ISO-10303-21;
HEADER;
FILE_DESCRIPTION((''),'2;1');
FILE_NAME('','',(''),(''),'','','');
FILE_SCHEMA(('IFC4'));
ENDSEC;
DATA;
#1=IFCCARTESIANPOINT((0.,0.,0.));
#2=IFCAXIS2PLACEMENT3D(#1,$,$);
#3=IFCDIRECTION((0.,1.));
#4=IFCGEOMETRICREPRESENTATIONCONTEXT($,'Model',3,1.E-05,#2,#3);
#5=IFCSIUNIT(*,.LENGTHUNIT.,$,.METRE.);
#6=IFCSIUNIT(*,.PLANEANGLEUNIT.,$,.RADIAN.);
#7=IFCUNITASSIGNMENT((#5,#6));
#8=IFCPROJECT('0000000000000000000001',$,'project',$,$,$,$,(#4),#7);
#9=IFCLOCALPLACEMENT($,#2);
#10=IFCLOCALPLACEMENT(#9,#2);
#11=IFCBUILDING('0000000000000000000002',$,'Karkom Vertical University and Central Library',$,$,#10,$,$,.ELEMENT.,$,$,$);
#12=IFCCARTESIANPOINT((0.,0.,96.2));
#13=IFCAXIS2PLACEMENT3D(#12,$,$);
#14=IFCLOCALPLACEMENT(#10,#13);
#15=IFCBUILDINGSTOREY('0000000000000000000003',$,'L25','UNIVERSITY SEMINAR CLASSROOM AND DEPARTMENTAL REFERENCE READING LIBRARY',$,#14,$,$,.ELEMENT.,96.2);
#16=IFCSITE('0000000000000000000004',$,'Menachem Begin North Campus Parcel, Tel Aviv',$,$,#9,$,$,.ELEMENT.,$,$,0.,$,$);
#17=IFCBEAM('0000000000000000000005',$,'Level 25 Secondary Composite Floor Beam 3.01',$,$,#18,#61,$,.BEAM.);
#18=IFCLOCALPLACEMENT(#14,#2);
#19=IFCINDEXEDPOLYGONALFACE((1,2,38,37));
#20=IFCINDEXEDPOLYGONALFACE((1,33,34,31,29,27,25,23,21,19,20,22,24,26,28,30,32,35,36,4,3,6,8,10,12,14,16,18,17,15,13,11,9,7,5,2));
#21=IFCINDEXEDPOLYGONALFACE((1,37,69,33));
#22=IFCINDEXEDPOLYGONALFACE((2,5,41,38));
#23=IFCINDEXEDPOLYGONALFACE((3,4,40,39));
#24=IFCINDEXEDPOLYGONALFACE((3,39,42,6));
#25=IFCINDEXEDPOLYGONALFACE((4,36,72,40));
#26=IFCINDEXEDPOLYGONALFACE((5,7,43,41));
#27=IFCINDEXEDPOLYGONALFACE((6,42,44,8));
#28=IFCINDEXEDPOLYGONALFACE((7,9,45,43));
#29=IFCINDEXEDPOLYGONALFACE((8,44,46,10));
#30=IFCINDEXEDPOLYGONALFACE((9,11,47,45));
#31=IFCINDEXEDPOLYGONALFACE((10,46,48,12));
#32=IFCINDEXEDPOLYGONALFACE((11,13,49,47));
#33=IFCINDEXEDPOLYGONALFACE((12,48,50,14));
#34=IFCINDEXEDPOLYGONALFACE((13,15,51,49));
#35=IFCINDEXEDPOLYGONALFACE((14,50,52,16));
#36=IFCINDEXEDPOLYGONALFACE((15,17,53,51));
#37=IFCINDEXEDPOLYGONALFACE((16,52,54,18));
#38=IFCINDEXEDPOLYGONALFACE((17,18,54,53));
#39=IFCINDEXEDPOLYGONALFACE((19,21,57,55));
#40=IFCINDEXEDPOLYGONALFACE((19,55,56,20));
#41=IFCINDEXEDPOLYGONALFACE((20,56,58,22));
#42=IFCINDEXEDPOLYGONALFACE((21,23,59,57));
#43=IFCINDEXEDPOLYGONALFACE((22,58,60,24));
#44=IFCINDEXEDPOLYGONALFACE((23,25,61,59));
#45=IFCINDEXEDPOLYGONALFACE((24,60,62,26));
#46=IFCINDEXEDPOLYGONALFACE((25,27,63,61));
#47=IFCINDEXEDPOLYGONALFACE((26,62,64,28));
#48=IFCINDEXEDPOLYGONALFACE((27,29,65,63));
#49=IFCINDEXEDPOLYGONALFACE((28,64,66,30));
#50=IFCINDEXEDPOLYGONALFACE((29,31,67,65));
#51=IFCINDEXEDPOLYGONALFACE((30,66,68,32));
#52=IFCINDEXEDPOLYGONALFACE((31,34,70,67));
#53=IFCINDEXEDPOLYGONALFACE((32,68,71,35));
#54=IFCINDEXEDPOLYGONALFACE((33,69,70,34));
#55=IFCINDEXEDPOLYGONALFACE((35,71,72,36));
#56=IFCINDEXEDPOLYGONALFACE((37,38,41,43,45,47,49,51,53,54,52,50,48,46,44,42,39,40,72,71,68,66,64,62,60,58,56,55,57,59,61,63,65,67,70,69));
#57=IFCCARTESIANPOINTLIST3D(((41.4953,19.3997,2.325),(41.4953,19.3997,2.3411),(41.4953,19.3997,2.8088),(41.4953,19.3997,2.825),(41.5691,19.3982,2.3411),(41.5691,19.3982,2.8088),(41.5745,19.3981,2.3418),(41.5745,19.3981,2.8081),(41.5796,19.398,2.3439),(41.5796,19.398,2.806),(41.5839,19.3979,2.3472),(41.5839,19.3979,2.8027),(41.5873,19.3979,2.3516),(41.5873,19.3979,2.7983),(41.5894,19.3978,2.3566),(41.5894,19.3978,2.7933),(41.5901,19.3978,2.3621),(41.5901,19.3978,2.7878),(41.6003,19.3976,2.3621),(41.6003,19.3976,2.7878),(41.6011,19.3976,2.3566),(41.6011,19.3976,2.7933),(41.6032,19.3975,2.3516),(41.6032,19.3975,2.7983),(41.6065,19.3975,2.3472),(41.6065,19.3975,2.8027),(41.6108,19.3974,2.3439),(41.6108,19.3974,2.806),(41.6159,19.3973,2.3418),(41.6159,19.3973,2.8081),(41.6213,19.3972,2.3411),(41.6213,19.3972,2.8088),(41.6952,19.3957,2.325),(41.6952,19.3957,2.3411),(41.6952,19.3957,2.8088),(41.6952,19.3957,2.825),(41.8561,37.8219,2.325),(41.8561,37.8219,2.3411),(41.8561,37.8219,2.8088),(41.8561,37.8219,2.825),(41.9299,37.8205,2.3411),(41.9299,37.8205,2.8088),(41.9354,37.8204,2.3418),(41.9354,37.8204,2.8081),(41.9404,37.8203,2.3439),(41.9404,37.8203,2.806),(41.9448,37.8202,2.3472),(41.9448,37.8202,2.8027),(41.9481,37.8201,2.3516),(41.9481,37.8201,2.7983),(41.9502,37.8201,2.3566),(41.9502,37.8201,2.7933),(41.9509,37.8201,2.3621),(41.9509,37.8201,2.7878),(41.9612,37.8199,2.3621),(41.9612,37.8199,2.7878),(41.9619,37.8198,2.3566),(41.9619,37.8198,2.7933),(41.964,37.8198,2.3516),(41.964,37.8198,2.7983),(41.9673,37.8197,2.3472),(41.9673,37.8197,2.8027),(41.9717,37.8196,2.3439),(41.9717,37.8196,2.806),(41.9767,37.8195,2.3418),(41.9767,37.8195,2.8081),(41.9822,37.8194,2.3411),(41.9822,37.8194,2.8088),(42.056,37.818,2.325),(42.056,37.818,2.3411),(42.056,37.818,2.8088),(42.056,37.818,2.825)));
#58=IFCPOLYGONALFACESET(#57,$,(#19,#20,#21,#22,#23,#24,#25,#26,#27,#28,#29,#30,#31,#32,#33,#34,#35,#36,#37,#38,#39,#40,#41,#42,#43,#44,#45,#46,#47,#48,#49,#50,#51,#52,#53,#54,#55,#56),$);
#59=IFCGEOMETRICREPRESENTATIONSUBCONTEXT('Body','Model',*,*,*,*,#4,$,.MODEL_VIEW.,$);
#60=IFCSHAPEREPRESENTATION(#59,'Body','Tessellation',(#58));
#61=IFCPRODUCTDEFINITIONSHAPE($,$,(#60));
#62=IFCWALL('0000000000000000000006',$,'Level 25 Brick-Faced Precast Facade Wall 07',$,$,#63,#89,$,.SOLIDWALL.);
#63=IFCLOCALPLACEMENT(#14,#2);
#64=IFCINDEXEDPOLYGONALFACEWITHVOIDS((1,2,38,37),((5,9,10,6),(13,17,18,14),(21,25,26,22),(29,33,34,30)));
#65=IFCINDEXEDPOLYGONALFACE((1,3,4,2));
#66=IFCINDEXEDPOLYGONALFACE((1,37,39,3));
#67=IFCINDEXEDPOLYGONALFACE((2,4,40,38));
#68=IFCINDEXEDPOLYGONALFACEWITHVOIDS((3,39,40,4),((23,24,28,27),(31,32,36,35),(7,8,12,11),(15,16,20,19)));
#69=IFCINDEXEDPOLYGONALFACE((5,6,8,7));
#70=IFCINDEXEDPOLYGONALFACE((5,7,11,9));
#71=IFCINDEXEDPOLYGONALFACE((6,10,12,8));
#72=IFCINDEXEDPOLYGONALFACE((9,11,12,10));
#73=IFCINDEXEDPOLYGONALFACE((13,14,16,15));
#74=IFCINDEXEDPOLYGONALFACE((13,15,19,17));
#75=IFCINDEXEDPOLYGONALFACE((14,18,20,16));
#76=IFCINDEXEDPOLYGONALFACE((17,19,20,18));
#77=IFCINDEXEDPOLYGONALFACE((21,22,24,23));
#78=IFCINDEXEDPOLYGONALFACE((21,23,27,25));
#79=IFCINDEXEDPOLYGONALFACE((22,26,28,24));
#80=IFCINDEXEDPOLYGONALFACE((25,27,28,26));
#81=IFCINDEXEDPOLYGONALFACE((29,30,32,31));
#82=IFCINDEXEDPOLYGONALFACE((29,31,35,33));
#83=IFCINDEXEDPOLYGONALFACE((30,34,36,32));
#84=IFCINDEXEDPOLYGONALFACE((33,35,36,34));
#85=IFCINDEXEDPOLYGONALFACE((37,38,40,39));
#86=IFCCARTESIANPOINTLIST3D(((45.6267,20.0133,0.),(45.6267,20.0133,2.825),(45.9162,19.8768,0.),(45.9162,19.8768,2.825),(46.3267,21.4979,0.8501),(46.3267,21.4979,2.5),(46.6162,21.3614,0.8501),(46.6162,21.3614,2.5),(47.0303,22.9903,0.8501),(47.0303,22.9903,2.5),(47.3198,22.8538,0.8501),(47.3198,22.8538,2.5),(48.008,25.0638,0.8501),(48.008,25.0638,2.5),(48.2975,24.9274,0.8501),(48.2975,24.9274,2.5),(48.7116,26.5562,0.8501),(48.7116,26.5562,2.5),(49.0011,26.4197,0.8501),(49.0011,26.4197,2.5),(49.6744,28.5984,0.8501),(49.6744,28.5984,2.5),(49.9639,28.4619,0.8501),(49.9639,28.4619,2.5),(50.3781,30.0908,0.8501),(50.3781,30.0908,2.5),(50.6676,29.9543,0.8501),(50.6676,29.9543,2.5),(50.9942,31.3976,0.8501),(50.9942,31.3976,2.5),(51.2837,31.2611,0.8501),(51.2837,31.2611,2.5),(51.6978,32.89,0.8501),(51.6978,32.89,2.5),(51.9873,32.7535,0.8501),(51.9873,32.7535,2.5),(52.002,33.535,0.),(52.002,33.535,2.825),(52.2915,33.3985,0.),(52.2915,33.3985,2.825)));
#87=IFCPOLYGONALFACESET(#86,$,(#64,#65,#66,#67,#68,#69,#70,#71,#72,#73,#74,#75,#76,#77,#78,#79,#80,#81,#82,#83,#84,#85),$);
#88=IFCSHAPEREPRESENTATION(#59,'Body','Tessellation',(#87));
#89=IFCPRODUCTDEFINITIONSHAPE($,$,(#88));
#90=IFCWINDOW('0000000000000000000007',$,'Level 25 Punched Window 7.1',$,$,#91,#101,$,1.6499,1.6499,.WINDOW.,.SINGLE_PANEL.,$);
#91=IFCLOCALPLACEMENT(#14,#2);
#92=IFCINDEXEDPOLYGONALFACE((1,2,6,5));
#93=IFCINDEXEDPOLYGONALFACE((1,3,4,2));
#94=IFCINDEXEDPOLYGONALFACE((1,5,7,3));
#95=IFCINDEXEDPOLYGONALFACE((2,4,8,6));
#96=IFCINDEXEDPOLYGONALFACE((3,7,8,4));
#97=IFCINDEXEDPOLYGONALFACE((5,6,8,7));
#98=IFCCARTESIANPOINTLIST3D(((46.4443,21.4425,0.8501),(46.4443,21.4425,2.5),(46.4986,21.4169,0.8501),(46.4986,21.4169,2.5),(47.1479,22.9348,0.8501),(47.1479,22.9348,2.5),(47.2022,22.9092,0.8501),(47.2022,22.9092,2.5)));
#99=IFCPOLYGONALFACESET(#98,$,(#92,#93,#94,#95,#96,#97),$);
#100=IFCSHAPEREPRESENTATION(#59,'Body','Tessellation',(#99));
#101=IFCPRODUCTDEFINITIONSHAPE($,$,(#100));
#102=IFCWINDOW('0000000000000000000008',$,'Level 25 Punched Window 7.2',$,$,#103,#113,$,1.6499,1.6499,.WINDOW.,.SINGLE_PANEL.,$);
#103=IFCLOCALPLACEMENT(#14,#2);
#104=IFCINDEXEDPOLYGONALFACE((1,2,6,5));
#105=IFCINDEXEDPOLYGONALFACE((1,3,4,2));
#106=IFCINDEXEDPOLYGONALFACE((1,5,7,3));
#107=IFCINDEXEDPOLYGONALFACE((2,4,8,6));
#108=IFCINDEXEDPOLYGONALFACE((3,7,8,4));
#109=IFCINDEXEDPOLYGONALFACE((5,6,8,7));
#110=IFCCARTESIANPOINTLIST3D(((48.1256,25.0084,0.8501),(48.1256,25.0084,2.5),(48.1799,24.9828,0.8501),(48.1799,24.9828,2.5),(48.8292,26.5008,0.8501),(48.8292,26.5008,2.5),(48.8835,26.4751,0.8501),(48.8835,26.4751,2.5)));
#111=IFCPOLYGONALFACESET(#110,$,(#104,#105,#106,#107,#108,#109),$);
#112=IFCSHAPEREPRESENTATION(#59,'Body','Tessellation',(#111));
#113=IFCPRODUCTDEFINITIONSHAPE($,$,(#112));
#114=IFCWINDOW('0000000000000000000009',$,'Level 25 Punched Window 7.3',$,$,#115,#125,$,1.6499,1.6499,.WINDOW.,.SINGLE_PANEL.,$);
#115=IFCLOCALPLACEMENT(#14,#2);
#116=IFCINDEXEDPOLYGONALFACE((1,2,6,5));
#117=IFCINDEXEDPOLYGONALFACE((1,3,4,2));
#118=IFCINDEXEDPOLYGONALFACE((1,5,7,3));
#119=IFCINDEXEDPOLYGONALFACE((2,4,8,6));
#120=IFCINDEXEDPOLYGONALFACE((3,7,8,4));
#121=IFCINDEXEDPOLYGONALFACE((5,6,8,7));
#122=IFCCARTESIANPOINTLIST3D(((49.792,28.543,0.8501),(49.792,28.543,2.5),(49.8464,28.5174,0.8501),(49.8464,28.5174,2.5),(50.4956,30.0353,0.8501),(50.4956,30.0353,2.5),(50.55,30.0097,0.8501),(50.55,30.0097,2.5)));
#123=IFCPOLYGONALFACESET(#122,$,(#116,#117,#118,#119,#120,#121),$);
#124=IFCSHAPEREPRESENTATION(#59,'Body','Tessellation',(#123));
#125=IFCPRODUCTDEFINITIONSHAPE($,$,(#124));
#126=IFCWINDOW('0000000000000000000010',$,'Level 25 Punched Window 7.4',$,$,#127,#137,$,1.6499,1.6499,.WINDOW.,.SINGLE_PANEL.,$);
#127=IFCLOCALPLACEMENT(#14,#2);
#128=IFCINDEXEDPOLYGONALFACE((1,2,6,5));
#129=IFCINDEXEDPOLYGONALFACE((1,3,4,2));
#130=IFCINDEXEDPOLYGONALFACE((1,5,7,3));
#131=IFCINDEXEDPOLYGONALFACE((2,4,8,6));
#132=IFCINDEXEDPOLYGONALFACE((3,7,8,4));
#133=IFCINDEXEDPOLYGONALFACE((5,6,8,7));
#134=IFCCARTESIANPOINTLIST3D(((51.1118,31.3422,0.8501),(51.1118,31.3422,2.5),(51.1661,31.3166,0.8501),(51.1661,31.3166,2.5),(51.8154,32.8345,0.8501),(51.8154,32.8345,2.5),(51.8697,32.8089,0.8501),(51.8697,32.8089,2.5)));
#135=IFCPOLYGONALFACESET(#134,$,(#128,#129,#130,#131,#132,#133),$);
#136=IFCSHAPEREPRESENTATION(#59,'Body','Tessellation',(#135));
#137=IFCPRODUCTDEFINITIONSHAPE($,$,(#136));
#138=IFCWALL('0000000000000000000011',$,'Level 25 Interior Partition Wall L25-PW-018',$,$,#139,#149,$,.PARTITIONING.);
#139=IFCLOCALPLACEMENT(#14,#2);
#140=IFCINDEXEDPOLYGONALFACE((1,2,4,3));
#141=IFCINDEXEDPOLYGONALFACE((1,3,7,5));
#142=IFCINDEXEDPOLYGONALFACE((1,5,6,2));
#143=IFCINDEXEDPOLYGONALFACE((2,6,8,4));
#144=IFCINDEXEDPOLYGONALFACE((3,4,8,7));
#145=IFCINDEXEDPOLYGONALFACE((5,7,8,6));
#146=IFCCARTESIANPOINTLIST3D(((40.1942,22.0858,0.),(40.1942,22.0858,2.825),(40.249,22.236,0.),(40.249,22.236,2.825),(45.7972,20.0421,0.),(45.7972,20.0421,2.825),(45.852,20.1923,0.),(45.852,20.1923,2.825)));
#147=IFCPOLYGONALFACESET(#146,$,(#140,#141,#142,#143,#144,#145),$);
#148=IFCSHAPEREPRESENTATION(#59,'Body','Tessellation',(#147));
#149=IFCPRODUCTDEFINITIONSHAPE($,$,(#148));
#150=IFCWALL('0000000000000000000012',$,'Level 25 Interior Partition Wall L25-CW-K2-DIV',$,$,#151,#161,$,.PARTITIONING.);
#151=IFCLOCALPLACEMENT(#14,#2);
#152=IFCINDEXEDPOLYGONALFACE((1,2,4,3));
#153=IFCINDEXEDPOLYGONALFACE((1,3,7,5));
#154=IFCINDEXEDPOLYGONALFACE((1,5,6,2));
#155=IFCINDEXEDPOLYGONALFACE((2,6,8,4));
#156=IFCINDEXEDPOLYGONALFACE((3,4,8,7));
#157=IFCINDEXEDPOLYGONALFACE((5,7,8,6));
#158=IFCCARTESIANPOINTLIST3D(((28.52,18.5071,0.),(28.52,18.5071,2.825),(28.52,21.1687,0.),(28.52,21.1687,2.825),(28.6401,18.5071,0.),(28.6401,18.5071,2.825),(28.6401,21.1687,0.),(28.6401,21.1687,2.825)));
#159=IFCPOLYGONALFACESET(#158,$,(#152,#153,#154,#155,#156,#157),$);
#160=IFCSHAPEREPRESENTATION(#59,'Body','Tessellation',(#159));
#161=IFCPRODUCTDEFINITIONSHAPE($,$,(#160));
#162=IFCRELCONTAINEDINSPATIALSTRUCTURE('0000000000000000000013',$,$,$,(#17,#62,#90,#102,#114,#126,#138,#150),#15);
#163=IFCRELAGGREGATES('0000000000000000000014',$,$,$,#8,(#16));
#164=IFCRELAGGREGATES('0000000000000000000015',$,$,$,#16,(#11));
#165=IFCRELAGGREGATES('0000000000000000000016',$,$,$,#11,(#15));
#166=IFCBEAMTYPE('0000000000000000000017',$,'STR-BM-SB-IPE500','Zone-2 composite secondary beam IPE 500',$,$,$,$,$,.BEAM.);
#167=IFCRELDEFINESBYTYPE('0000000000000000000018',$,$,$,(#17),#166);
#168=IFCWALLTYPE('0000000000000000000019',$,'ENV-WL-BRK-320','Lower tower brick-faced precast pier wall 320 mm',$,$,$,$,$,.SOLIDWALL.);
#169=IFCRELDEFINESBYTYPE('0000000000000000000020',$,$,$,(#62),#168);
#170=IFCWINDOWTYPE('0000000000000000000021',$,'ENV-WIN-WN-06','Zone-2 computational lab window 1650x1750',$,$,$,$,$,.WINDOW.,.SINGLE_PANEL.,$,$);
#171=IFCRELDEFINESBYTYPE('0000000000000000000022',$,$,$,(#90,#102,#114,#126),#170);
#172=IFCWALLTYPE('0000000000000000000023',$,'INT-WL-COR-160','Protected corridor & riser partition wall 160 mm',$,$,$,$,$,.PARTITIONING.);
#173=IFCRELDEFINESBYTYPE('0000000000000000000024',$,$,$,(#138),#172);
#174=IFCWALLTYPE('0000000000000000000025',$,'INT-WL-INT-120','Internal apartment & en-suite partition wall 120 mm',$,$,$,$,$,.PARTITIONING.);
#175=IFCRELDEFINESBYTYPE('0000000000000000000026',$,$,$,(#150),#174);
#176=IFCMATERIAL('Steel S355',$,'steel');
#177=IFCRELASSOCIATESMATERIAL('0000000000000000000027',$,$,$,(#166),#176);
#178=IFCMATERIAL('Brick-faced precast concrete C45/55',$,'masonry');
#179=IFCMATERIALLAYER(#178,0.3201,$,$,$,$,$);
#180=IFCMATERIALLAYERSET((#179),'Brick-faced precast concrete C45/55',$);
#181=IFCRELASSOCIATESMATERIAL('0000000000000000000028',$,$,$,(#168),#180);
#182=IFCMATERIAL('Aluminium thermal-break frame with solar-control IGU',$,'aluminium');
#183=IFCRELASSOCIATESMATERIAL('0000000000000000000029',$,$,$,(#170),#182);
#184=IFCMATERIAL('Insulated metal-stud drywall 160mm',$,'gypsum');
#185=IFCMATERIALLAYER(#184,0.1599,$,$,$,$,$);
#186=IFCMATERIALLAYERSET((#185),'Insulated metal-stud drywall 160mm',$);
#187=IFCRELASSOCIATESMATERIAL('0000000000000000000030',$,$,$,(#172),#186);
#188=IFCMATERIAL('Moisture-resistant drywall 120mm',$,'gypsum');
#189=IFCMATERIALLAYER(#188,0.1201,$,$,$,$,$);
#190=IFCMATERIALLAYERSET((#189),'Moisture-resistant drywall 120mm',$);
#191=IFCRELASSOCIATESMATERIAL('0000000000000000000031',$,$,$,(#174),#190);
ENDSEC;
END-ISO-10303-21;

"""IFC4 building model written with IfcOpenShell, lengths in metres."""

from ifc_helpers import new_model, si_unit, direction, frame, frame_2d, origin, origin_with_axes, origin_2d, place, context, subcontext, project, spatial, rectangle, i_section, extrude, source, transform, mapped, material, layer, layer_set, material_profile, profile_set, type_object, element, fill, save


model = new_model("IFC4")

# Units and contexts
model_context = context("Model", 3, precision=1e-05, world=origin(), true_north=direction((0.0, 1.0)))
body_context = subcontext(model_context, "Body", "Model", "MODEL_VIEW")
ifc_project = project(units=[si_unit("LENGTHUNIT", "METRE"), si_unit("PLANEANGLEUNIT", "RADIAN")], contexts=[model_context])

# Site, building, storey
site_placement = place(None, origin())
site = spatial("IfcSite", under=ifc_project, at=site_placement, Name="Menachem Begin North Campus Parcel, Tel Aviv", CompositionType="ELEMENT", RefElevation=0.0)
building_placement = place(site_placement, origin())
building = spatial("IfcBuilding", under=site, at=building_placement, Name="Karkom Vertical University and Central Library", CompositionType="ELEMENT")
storey_placement = place(building_placement, frame((0.0, 0.0, 96.2)))
storey = spatial("IfcBuildingStorey", under=building, at=storey_placement, Name="L25", Description="UNIVERSITY SEMINAR CLASSROOM AND DEPARTMENTAL REFERENCE READING LIBRARY", CompositionType="ELEMENT", Elevation=96.2)

# Beam
ifc_material_1 = material(Name="Steel S355", Category="steel")
ifc_material_profile_1 = material_profile(ifc_material_1, i_section(OverallWidth=0.2, OverallDepth=0.5, WebThickness=0.0103, FlangeThickness=0.0161, FilletRadius=0.021, at=origin_2d()), Name="IPE 500")
ifc_profile_set_1 = profile_set([ifc_material_profile_1], Name="Steel S355")
beam_type_1 = type_object("IfcBeamType", Name="STR-BM-SB-IPE500", Description="Zone-2 composite secondary beam IPE 500", PredefinedType="BEAM", material=ifc_profile_set_1)
shared_shape_1 = source(origin_with_axes(), body_context, "Body", "SweptSolid", [
    extrude(i_section(OverallWidth=0.2, OverallDepth=0.5, WebThickness=0.0103, FlangeThickness=0.0161, FilletRadius=0.021, at=origin_2d()), origin(), (0.0, 0.0, 1.0), 18.4258),
])
beam_1_placement = place(storey_placement, frame((41.5952, 19.3977, 2.575), z_axis=(0.019583, 0.999808, 0.0), x_axis=(-0.999808, 0.019583, 0.0)))
element("IfcBeam", 1, at=beam_1_placement, inside=storey, type_object=beam_type_1, Name="Level 25 Secondary Composite Floor Beam 3.01", PredefinedType="BEAM", context=body_context, shape_type="MappedRepresentation", body=[
    mapped(shared_shape_1, transform((0.0, 0.0, 0.0), scale=1.0)),
])

# Wall, openings, windows
ifc_material_2 = material(Name="Brick-faced precast concrete C45/55", Category="masonry")
ifc_layer_1 = layer(ifc_material_2, 0.3201)
ifc_layer_set_1 = layer_set([ifc_layer_1], Name="Brick-faced precast concrete C45/55")
wall_type_1 = type_object("IfcWallType", Name="ENV-WL-BRK-320", Description="Lower tower brick-faced precast pier wall 320 mm", PredefinedType="SOLIDWALL", material=ifc_layer_set_1)
wall_1_placement = place(storey_placement, frame((45.7715, 19.9451, 0.0), z_axis=(0.0, 0.0, 1.0), x_axis=(0.426458, 0.904507, 0.0)))
wall_1 = element("IfcWall", 2, at=wall_1_placement, inside=storey, type_object=wall_type_1, Name="Level 25 Brick-Faced Precast Facade Wall 07", PredefinedType="SOLIDWALL", context=body_context, shape_type="SweptSolid", body=[
    extrude(rectangle(XDim=14.9492, YDim=0.3201, at=frame_2d((7.4746, 0.0))), origin(), (0.0, 0.0, 1.0), 2.825),
])
opening_1_placement = place(wall_1_placement, frame((1.6414, 0.0, 0.8501)))
opening_1 = element("IfcOpeningElement", 3, at=opening_1_placement, cuts=wall_1, PredefinedType="OPENING", context=body_context, shape_type="SweptSolid", body=[
    extrude(rectangle(XDim=1.6499, YDim=1.6499, at=frame_2d((0.825, 0.825))), frame((0.0, 0.1699, 0.0), z_axis=(0.0, -1.0, 0.0), x_axis=(1.0, 0.0, 0.0)), (0.0, 0.0, 1.0), 0.3401),
])
opening_2_placement = place(wall_1_placement, frame((5.5837, 0.0, 0.8501)))
opening_2 = element("IfcOpeningElement", 4, at=opening_2_placement, cuts=wall_1, PredefinedType="OPENING", context=body_context, shape_type="SweptSolid", body=[
    extrude(rectangle(XDim=1.6499, YDim=1.6499, at=frame_2d((0.825, 0.825))), frame((0.0, 0.1699, 0.0), z_axis=(0.0, -1.0, 0.0), x_axis=(1.0, 0.0, 0.0)), (0.0, 0.0, 1.0), 0.3401),
])
opening_3_placement = place(wall_1_placement, frame((9.4915, 0.0, 0.8501)))
opening_3 = element("IfcOpeningElement", 5, at=opening_3_placement, cuts=wall_1, PredefinedType="OPENING", context=body_context, shape_type="SweptSolid", body=[
    extrude(rectangle(XDim=1.6499, YDim=1.6499, at=frame_2d((0.825, 0.825))), frame((0.0, 0.1699, 0.0), z_axis=(0.0, -1.0, 0.0), x_axis=(1.0, 0.0, 0.0)), (0.0, 0.0, 1.0), 0.3401),
])
opening_4_placement = place(wall_1_placement, frame((12.5862, 0.0, 0.8501)))
opening_4 = element("IfcOpeningElement", 6, at=opening_4_placement, cuts=wall_1, PredefinedType="OPENING", context=body_context, shape_type="SweptSolid", body=[
    extrude(rectangle(XDim=1.6499, YDim=1.6499, at=frame_2d((0.825, 0.825))), frame((0.0, 0.1699, 0.0), z_axis=(0.0, -1.0, 0.0), x_axis=(1.0, 0.0, 0.0)), (0.0, 0.0, 1.0), 0.3401),
])
ifc_material_3 = material(Name="Aluminium thermal-break frame with solar-control IGU", Category="aluminium")
window_type = type_object("IfcWindowType", Name="ENV-WIN-WN-06", Description="Zone-2 computational lab window 1650x1750", PartitioningType="SINGLE_PANEL", PredefinedType="WINDOW", material=ifc_material_3)
shared_shape_2 = source(origin_with_axes(), body_context, "Body", "SweptSolid", [
    extrude(rectangle(XDim=1.6499, YDim=1.6499, at=frame_2d((0.825, 0.825))), frame((0.0, 0.03, 0.0), z_axis=(0.0, -1.0, 0.0), x_axis=(1.0, 0.0, 0.0)), (0.0, 0.0, 1.0), 0.0601),
])
window_1_placement = place(opening_1_placement, origin())
window_1 = element("IfcWindow", 7, at=window_1_placement, inside=storey, type_object=window_type, Name="Level 25 Punched Window 7.1", OverallHeight=1.6499, OverallWidth=1.6499, PartitioningType="SINGLE_PANEL", PredefinedType="WINDOW", context=body_context, shape_type="MappedRepresentation", body=[
    mapped(shared_shape_2, transform((0.0, 0.0, 0.0), scale=1.0)),
])
fill(opening_1, window_1)
window_2_placement = place(opening_2_placement, origin())
window_2 = element("IfcWindow", 8, at=window_2_placement, inside=storey, type_object=window_type, Name="Level 25 Punched Window 7.2", OverallHeight=1.6499, OverallWidth=1.6499, PartitioningType="SINGLE_PANEL", PredefinedType="WINDOW", context=body_context, shape_type="MappedRepresentation", body=[
    mapped(shared_shape_2, transform((0.0, 0.0, 0.0), scale=1.0)),
])
fill(opening_2, window_2)
window_3_placement = place(opening_3_placement, origin())
window_3 = element("IfcWindow", 9, at=window_3_placement, inside=storey, type_object=window_type, Name="Level 25 Punched Window 7.3", OverallHeight=1.6499, OverallWidth=1.6499, PartitioningType="SINGLE_PANEL", PredefinedType="WINDOW", context=body_context, shape_type="MappedRepresentation", body=[
    mapped(shared_shape_2, transform((0.0, 0.0, 0.0), scale=1.0)),
])
fill(opening_3, window_3)
window_4_placement = place(opening_4_placement, origin())
window_4 = element("IfcWindow", 10, at=window_4_placement, inside=storey, type_object=window_type, Name="Level 25 Punched Window 7.4", OverallHeight=1.6499, OverallWidth=1.6499, PartitioningType="SINGLE_PANEL", PredefinedType="WINDOW", context=body_context, shape_type="MappedRepresentation", body=[
    mapped(shared_shape_2, transform((0.0, 0.0, 0.0), scale=1.0)),
])
fill(opening_4, window_4)

# Walls
ifc_material_4 = material(Name="Insulated metal-stud drywall 160mm", Category="gypsum")
ifc_layer_2 = layer(ifc_material_4, 0.1599)
ifc_layer_set_2 = layer_set([ifc_layer_2], Name="Insulated metal-stud drywall 160mm")
wall_type_2 = type_object("IfcWallType", Name="INT-WL-COR-160", Description="Protected corridor & riser partition wall 160 mm", PredefinedType="PARTITIONING", material=ifc_layer_set_2)
wall_2_placement = place(storey_placement, frame((40.2217, 22.1609, 0.0), z_axis=(0.0, 0.0, 1.0), x_axis=(0.939457, -0.342666, 0.0)))
element("IfcWall", 11, at=wall_2_placement, inside=storey, type_object=wall_type_2, Name="Level 25 Interior Partition Wall L25-PW-018", PredefinedType="PARTITIONING", context=body_context, shape_type="SweptSolid", body=[
    extrude(rectangle(XDim=5.9641, YDim=0.1599, at=frame_2d((2.9819, 0.0))), origin(), (0.0, 0.0, 1.0), 2.825),
])
ifc_material_5 = material(Name="Moisture-resistant drywall 120mm", Category="gypsum")
ifc_layer_3 = layer(ifc_material_5, 0.1201)
ifc_layer_set_3 = layer_set([ifc_layer_3], Name="Moisture-resistant drywall 120mm")
wall_type_3 = type_object("IfcWallType", Name="INT-WL-INT-120", Description="Internal apartment & en-suite partition wall 120 mm", PredefinedType="PARTITIONING", material=ifc_layer_set_3)
wall_3_placement = place(storey_placement, frame((28.5801, 18.5071, 0.0), z_axis=(0.0, 0.0, 1.0), x_axis=(0.0, 1.0, 0.0)))
element("IfcWall", 12, at=wall_3_placement, inside=storey, type_object=wall_type_3, Name="Level 25 Interior Partition Wall L25-CW-K2-DIV", PredefinedType="PARTITIONING", context=body_context, shape_type="SweptSolid", body=[
    extrude(rectangle(XDim=2.6616, YDim=0.1201, at=frame_2d((1.3308, 0.0))), origin(), (0.0, 0.0, 1.0), 2.825),
])

save(model, "model.ifc")
